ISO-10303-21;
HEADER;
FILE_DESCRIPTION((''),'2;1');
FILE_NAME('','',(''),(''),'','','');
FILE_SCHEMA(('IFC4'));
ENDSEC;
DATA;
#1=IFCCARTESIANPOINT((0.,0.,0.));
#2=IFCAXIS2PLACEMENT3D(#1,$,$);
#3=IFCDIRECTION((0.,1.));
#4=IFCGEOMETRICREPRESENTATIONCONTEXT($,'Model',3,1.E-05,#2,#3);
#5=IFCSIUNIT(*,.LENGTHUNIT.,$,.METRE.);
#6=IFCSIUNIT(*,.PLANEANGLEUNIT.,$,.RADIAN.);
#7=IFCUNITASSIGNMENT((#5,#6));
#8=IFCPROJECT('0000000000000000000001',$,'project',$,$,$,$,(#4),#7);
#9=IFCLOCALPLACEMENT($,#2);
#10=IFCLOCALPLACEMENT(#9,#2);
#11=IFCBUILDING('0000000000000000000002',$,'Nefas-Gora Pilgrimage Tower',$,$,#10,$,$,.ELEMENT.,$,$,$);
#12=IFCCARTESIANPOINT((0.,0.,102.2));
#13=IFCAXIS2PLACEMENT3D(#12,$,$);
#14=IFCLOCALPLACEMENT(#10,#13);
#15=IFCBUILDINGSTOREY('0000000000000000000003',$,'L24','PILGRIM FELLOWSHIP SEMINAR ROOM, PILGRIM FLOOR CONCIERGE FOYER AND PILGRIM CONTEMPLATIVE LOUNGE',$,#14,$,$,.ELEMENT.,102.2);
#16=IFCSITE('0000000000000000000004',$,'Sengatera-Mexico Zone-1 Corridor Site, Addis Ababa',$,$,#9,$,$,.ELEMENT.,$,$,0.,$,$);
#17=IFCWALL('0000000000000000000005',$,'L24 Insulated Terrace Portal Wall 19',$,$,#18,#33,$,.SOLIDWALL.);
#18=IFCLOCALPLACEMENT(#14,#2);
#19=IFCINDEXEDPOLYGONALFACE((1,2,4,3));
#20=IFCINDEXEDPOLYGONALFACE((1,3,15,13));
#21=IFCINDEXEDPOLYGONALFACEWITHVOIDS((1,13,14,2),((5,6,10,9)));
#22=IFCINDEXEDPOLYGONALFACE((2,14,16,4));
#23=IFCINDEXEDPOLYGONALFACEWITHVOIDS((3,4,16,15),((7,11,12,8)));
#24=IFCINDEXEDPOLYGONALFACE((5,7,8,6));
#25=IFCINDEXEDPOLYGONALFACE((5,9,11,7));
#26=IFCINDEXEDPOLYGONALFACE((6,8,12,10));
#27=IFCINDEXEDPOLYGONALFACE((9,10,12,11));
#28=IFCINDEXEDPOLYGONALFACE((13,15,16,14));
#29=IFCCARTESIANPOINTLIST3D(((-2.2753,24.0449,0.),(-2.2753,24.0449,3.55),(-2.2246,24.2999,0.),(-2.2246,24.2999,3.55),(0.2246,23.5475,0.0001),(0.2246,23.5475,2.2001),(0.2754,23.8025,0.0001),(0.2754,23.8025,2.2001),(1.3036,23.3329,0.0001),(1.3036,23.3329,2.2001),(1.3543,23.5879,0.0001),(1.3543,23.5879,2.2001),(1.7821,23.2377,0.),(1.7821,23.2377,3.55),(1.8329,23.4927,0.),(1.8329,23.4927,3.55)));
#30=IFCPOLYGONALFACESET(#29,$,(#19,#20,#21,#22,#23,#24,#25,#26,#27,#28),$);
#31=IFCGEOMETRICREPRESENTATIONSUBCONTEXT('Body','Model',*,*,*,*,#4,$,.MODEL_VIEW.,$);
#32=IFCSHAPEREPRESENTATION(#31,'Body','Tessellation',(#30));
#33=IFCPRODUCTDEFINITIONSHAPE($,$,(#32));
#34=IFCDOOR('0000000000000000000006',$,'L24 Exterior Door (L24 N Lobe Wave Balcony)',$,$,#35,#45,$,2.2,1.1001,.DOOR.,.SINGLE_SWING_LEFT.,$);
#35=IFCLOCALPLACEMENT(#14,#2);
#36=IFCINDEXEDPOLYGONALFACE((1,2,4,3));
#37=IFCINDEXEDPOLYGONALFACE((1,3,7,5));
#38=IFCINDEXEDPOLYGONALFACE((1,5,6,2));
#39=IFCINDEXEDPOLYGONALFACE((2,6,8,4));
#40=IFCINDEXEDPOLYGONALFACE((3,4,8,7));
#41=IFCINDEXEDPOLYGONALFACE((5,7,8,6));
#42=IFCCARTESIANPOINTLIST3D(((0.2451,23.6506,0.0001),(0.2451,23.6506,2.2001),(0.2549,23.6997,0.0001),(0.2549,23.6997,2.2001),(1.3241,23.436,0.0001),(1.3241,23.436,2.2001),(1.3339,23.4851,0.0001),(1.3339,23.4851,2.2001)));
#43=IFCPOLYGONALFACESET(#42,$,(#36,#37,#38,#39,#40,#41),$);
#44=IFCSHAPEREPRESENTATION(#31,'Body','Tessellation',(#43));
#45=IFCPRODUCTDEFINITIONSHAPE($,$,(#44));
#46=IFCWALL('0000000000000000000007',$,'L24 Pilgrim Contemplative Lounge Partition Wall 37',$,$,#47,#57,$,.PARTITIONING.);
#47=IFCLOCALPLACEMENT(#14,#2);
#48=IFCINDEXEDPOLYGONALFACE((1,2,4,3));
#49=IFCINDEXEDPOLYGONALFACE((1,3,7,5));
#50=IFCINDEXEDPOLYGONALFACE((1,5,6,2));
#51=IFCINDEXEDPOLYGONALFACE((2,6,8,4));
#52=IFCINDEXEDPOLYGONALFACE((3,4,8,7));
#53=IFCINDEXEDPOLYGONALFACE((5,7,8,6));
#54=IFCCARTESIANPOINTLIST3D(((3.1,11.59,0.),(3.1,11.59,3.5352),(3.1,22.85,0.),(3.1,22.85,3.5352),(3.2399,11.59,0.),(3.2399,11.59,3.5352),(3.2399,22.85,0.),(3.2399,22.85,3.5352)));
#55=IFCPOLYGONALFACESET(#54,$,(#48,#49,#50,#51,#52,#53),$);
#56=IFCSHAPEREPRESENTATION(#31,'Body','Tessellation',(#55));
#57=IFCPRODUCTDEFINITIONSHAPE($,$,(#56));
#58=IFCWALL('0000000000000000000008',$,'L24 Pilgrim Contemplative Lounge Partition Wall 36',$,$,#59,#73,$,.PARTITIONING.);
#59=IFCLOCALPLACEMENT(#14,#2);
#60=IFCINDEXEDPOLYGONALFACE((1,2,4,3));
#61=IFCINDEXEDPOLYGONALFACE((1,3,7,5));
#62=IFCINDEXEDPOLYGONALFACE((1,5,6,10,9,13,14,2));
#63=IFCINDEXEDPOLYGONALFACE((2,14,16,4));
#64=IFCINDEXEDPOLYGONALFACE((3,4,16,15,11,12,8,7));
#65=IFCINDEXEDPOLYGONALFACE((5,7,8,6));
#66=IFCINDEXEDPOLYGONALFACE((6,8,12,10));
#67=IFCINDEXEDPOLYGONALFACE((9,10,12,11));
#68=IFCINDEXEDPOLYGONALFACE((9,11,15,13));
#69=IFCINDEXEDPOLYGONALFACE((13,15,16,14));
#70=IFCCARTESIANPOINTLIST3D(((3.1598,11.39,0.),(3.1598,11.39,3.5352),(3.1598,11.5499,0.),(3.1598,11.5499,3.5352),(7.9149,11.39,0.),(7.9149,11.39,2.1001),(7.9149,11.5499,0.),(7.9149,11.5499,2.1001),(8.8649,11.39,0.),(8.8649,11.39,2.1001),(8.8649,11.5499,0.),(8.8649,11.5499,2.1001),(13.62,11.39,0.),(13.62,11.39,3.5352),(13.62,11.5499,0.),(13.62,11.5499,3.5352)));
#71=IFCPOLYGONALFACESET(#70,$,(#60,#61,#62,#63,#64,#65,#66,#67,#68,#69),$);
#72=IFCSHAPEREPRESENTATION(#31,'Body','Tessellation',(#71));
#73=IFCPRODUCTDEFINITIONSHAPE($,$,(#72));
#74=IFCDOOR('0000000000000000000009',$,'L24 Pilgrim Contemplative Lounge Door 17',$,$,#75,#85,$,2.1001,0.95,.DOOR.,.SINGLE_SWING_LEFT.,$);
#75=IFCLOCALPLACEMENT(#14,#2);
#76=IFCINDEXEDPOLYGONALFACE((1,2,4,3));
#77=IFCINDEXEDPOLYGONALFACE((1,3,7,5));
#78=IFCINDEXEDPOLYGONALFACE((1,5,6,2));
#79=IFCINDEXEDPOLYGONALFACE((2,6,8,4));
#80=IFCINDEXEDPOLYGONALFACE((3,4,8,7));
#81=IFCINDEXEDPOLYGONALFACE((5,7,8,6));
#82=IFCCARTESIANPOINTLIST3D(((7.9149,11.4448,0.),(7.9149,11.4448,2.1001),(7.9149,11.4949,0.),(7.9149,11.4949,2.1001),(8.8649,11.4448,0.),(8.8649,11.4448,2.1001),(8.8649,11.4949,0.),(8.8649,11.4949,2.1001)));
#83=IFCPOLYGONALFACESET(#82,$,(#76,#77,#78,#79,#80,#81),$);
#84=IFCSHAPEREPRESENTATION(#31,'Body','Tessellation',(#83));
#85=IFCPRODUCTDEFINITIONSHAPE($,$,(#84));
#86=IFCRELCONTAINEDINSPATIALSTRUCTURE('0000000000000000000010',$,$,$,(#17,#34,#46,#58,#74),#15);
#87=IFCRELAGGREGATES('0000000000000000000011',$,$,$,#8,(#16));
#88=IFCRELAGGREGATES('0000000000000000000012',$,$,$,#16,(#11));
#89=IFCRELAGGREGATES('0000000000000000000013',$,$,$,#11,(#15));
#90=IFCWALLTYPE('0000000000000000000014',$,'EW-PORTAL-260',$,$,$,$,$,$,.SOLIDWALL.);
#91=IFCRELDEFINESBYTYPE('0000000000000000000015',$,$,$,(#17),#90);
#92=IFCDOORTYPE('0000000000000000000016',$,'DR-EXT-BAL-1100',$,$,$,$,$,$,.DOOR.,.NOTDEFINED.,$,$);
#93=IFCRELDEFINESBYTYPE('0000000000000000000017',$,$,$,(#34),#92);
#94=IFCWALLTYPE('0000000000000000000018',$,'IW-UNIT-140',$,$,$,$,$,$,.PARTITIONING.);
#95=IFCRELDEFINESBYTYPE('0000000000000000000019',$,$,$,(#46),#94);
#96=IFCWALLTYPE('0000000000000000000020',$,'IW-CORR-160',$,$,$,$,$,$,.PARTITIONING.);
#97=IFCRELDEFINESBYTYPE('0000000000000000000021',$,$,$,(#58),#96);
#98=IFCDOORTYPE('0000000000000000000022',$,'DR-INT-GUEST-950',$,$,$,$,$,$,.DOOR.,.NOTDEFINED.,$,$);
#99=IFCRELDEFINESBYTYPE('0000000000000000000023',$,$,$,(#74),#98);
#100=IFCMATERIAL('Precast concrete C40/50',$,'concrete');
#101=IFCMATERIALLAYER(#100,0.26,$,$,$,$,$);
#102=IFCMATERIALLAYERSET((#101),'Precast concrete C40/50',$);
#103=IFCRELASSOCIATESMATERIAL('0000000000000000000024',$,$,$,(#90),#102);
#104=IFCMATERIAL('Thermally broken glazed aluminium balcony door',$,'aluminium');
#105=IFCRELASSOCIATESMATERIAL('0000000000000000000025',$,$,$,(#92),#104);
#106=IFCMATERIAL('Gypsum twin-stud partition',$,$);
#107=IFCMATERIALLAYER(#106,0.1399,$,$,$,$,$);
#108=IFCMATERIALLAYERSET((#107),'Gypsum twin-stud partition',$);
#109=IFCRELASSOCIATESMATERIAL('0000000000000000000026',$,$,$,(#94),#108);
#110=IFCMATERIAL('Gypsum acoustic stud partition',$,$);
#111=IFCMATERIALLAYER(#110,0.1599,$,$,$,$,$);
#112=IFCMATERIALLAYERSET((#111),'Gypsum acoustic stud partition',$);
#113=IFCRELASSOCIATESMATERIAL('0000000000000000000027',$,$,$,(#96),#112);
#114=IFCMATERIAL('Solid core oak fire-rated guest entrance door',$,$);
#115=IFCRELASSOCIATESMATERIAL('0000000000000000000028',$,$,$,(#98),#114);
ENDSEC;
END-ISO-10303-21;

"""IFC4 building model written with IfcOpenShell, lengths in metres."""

from ifc_helpers import new_model, si_unit, direction, frame, frame_2d, origin, place, context, subcontext, project, spatial, rectangle, extrude, source, transform, mapped, material, layer, layer_set, type_object, element, fill, save


model = new_model("IFC4")

# Units and contexts
model_context = context("Model", 3, precision=1e-05, world=origin(), true_north=direction((0.0, 1.0)))
body_context = subcontext(model_context, "Body", "Model", "MODEL_VIEW")
ifc_project = project(units=[si_unit("LENGTHUNIT", "METRE"), si_unit("PLANEANGLEUNIT", "RADIAN")], contexts=[model_context])

# Site, building, storey
site_placement = place(None, origin())
site = spatial("IfcSite", under=ifc_project, at=site_placement, Name="Sengatera-Mexico Zone-1 Corridor Site, Addis Ababa", CompositionType="ELEMENT", RefElevation=0.0)
building_placement = place(site_placement, origin())
building = spatial("IfcBuilding", under=site, at=building_placement, Name="Nefas-Gora Pilgrimage Tower", CompositionType="ELEMENT")
storey_placement = place(building_placement, frame((0.0, 0.0, 102.2)))
storey = spatial("IfcBuildingStorey", under=building, at=storey_placement, Name="L24", Description="PILGRIM FELLOWSHIP SEMINAR ROOM, PILGRIM FLOOR CONCIERGE FOYER AND PILGRIM CONTEMPLATIVE LOUNGE", CompositionType="ELEMENT", Elevation=102.2)

# Shared definitions
ifc_material_1 = material(Name="Precast concrete C40/50", Category="concrete")
ifc_layer_1 = layer(ifc_material_1, 0.26)
ifc_layer_set_1 = layer_set([ifc_layer_1], Name="Precast concrete C40/50")
wall_type_1 = type_object("IfcWallType", Name="EW-PORTAL-260", PredefinedType="SOLIDWALL", material=ifc_layer_set_1)

# Wall, opening, door
shared_shape_1 = source(origin(), body_context, "Body", "SweptSolid", [
    extrude(rectangle(XDim=4.137, YDim=0.26, at=frame_2d((2.0684, 0.0))), origin(), (0.0, 0.0, 1.0), 3.55),
])
wall_1_placement = place(storey_placement, frame((1.8074, 23.3652, 0.0), z_axis=(0.0, 0.0, 1.0), x_axis=(-0.980782, 0.195106, 0.0)))
wall_1 = element("IfcWall", 1, at=wall_1_placement, inside=storey, type_object=wall_type_1, Name="L24 Insulated Terrace Portal Wall 19", PredefinedType="SOLIDWALL", context=body_context, shape_type="MappedRepresentation", body=[
    mapped(shared_shape_1, transform((0.0, 0.0, 0.0), x_axis=(1.0, 0.0, 0.0), y_axis=(0.0, 1.0, 0.0), z_axis=(0.0, 0.0, 1.0), scale=1.0)),
])
opening_1_placement = place(wall_1_placement, frame((0.4878, 0.0, 0.0)))
opening_1 = element("IfcOpeningElement", 2, at=opening_1_placement, cuts=wall_1, PredefinedType="OPENING", context=body_context, shape_type="SweptSolid", body=[
    extrude(rectangle(XDim=1.1001, YDim=2.2, at=frame_2d((0.55, 1.1001))), frame((0.0, 0.1399, 0.0), z_axis=(0.0, -1.0, 0.0), x_axis=(1.0, 0.0, 0.0)), (0.0, 0.0, 1.0), 0.28),
])
ifc_material_2 = material(Name="Thermally broken glazed aluminium balcony door", Category="aluminium")
door_type_1 = type_object("IfcDoorType", Name="DR-EXT-BAL-1100", OperationType="NOTDEFINED", PredefinedType="DOOR", material=ifc_material_2)
shared_shape_2 = source(origin(), body_context, "Body", "SweptSolid", [
    extrude(rectangle(XDim=1.1001, YDim=2.2, at=frame_2d((0.55, 1.1001))), frame((0.0, 0.0249, 0.0), z_axis=(0.0, -1.0, 0.0), x_axis=(1.0, 0.0, 0.0)), (0.0, 0.0, 1.0), 0.05),
])
door_1_placement = place(opening_1_placement, origin())
door_1 = element("IfcDoor", 3, at=door_1_placement, inside=storey, type_object=door_type_1, Name="L24 Exterior Door (L24 N Lobe Wave Balcony)", OperationType="SINGLE_SWING_LEFT", OverallHeight=2.2, OverallWidth=1.1001, PredefinedType="DOOR", context=body_context, shape_type="MappedRepresentation", body=[
    mapped(shared_shape_2, transform((0.0, 0.0, 0.0), x_axis=(1.0, 0.0, 0.0), y_axis=(0.0, 1.0, 0.0), z_axis=(0.0, 0.0, 1.0), scale=1.0)),
])
fill(opening_1, door_1)

# Wall
ifc_material_3 = material(Name="Gypsum twin-stud partition")
ifc_layer_2 = layer(ifc_material_3, 0.1399)
ifc_layer_set_2 = layer_set([ifc_layer_2], Name="Gypsum twin-stud partition")
wall_type_2 = type_object("IfcWallType", Name="IW-UNIT-140", PredefinedType="PARTITIONING", material=ifc_layer_set_2)
shared_shape_3 = source(origin(), body_context, "Body", "SweptSolid", [
    extrude(rectangle(XDim=11.26, YDim=0.1399, at=frame_2d((5.6299, 0.0))), origin(), (0.0, 0.0, 1.0), 3.5352),
])
wall_2_placement = place(storey_placement, frame((3.1699, 11.5901, 0.0), z_axis=(0.0, 0.0, 1.0), x_axis=(0.0, 1.0, 0.0)))
element("IfcWall", 4, at=wall_2_placement, inside=storey, type_object=wall_type_2, Name="L24 Pilgrim Contemplative Lounge Partition Wall 37", PredefinedType="PARTITIONING", context=body_context, shape_type="MappedRepresentation", body=[
    mapped(shared_shape_3, transform((0.0, 0.0, 0.0), x_axis=(1.0, 0.0, 0.0), y_axis=(0.0, 1.0, 0.0), z_axis=(0.0, 0.0, 1.0), scale=1.0)),
])

# Wall, opening, door
ifc_material_4 = material(Name="Gypsum acoustic stud partition")
ifc_layer_3 = layer(ifc_material_4, 0.1599)
ifc_layer_set_3 = layer_set([ifc_layer_3], Name="Gypsum acoustic stud partition")
wall_type_3 = type_object("IfcWallType", Name="IW-CORR-160", PredefinedType="PARTITIONING", material=ifc_layer_set_3)
shared_shape_4 = source(origin(), body_context, "Body", "SweptSolid", [
    extrude(rectangle(XDim=10.4602, YDim=0.1599, at=frame_2d((5.23, 0.0))), origin(), (0.0, 0.0, 1.0), 3.5352),
])
wall_3_placement = place(storey_placement, frame((3.1599, 11.47, 0.0), z_axis=(0.0, 0.0, 1.0), x_axis=(1.0, 0.0, 0.0)))
wall_3 = element("IfcWall", 5, at=wall_3_placement, inside=storey, type_object=wall_type_3, Name="L24 Pilgrim Contemplative Lounge Partition Wall 36", PredefinedType="PARTITIONING", context=body_context, shape_type="MappedRepresentation", body=[
    mapped(shared_shape_4, transform((0.0, 0.0, 0.0), x_axis=(1.0, 0.0, 0.0), y_axis=(0.0, 1.0, 0.0), z_axis=(0.0, 0.0, 1.0), scale=1.0)),
])
opening_2_placement = place(wall_3_placement, frame((4.7549, 0.0, 0.0)))
opening_2 = element("IfcOpeningElement", 6, at=opening_2_placement, cuts=wall_3, PredefinedType="OPENING", context=body_context, shape_type="SweptSolid", body=[
    extrude(rectangle(XDim=0.95, YDim=2.1001, at=frame_2d((0.4751, 1.05))), frame((0.0, 0.0898, 0.0), z_axis=(0.0, -1.0, 0.0), x_axis=(1.0, 0.0, 0.0)), (0.0, 0.0, 1.0), 0.1799),
])
ifc_material_5 = material(Name="Solid core oak fire-rated guest entrance door")
door_type_2 = type_object("IfcDoorType", Name="DR-INT-GUEST-950", OperationType="NOTDEFINED", PredefinedType="DOOR", material=ifc_material_5)
shared_shape_5 = source(origin(), body_context, "Body", "SweptSolid", [
    extrude(rectangle(XDim=0.95, YDim=2.1001, at=frame_2d((0.4751, 1.05))), frame((0.0, 0.0249, 0.0), z_axis=(0.0, -1.0, 0.0), x_axis=(1.0, 0.0, 0.0)), (0.0, 0.0, 1.0), 0.05),
])
door_2_placement = place(opening_2_placement, origin())
door_2 = element("IfcDoor", 7, at=door_2_placement, inside=storey, type_object=door_type_2, Name="L24 Pilgrim Contemplative Lounge Door 17", OperationType="SINGLE_SWING_LEFT", OverallHeight=2.1001, OverallWidth=0.95, PredefinedType="DOOR", context=body_context, shape_type="MappedRepresentation", body=[
    mapped(shared_shape_5, transform((0.0, 0.0, 0.0), x_axis=(1.0, 0.0, 0.0), y_axis=(0.0, 1.0, 0.0), z_axis=(0.0, 0.0, 1.0), scale=1.0)),
])
fill(opening_2, door_2)

save(model, "model.ifc")
